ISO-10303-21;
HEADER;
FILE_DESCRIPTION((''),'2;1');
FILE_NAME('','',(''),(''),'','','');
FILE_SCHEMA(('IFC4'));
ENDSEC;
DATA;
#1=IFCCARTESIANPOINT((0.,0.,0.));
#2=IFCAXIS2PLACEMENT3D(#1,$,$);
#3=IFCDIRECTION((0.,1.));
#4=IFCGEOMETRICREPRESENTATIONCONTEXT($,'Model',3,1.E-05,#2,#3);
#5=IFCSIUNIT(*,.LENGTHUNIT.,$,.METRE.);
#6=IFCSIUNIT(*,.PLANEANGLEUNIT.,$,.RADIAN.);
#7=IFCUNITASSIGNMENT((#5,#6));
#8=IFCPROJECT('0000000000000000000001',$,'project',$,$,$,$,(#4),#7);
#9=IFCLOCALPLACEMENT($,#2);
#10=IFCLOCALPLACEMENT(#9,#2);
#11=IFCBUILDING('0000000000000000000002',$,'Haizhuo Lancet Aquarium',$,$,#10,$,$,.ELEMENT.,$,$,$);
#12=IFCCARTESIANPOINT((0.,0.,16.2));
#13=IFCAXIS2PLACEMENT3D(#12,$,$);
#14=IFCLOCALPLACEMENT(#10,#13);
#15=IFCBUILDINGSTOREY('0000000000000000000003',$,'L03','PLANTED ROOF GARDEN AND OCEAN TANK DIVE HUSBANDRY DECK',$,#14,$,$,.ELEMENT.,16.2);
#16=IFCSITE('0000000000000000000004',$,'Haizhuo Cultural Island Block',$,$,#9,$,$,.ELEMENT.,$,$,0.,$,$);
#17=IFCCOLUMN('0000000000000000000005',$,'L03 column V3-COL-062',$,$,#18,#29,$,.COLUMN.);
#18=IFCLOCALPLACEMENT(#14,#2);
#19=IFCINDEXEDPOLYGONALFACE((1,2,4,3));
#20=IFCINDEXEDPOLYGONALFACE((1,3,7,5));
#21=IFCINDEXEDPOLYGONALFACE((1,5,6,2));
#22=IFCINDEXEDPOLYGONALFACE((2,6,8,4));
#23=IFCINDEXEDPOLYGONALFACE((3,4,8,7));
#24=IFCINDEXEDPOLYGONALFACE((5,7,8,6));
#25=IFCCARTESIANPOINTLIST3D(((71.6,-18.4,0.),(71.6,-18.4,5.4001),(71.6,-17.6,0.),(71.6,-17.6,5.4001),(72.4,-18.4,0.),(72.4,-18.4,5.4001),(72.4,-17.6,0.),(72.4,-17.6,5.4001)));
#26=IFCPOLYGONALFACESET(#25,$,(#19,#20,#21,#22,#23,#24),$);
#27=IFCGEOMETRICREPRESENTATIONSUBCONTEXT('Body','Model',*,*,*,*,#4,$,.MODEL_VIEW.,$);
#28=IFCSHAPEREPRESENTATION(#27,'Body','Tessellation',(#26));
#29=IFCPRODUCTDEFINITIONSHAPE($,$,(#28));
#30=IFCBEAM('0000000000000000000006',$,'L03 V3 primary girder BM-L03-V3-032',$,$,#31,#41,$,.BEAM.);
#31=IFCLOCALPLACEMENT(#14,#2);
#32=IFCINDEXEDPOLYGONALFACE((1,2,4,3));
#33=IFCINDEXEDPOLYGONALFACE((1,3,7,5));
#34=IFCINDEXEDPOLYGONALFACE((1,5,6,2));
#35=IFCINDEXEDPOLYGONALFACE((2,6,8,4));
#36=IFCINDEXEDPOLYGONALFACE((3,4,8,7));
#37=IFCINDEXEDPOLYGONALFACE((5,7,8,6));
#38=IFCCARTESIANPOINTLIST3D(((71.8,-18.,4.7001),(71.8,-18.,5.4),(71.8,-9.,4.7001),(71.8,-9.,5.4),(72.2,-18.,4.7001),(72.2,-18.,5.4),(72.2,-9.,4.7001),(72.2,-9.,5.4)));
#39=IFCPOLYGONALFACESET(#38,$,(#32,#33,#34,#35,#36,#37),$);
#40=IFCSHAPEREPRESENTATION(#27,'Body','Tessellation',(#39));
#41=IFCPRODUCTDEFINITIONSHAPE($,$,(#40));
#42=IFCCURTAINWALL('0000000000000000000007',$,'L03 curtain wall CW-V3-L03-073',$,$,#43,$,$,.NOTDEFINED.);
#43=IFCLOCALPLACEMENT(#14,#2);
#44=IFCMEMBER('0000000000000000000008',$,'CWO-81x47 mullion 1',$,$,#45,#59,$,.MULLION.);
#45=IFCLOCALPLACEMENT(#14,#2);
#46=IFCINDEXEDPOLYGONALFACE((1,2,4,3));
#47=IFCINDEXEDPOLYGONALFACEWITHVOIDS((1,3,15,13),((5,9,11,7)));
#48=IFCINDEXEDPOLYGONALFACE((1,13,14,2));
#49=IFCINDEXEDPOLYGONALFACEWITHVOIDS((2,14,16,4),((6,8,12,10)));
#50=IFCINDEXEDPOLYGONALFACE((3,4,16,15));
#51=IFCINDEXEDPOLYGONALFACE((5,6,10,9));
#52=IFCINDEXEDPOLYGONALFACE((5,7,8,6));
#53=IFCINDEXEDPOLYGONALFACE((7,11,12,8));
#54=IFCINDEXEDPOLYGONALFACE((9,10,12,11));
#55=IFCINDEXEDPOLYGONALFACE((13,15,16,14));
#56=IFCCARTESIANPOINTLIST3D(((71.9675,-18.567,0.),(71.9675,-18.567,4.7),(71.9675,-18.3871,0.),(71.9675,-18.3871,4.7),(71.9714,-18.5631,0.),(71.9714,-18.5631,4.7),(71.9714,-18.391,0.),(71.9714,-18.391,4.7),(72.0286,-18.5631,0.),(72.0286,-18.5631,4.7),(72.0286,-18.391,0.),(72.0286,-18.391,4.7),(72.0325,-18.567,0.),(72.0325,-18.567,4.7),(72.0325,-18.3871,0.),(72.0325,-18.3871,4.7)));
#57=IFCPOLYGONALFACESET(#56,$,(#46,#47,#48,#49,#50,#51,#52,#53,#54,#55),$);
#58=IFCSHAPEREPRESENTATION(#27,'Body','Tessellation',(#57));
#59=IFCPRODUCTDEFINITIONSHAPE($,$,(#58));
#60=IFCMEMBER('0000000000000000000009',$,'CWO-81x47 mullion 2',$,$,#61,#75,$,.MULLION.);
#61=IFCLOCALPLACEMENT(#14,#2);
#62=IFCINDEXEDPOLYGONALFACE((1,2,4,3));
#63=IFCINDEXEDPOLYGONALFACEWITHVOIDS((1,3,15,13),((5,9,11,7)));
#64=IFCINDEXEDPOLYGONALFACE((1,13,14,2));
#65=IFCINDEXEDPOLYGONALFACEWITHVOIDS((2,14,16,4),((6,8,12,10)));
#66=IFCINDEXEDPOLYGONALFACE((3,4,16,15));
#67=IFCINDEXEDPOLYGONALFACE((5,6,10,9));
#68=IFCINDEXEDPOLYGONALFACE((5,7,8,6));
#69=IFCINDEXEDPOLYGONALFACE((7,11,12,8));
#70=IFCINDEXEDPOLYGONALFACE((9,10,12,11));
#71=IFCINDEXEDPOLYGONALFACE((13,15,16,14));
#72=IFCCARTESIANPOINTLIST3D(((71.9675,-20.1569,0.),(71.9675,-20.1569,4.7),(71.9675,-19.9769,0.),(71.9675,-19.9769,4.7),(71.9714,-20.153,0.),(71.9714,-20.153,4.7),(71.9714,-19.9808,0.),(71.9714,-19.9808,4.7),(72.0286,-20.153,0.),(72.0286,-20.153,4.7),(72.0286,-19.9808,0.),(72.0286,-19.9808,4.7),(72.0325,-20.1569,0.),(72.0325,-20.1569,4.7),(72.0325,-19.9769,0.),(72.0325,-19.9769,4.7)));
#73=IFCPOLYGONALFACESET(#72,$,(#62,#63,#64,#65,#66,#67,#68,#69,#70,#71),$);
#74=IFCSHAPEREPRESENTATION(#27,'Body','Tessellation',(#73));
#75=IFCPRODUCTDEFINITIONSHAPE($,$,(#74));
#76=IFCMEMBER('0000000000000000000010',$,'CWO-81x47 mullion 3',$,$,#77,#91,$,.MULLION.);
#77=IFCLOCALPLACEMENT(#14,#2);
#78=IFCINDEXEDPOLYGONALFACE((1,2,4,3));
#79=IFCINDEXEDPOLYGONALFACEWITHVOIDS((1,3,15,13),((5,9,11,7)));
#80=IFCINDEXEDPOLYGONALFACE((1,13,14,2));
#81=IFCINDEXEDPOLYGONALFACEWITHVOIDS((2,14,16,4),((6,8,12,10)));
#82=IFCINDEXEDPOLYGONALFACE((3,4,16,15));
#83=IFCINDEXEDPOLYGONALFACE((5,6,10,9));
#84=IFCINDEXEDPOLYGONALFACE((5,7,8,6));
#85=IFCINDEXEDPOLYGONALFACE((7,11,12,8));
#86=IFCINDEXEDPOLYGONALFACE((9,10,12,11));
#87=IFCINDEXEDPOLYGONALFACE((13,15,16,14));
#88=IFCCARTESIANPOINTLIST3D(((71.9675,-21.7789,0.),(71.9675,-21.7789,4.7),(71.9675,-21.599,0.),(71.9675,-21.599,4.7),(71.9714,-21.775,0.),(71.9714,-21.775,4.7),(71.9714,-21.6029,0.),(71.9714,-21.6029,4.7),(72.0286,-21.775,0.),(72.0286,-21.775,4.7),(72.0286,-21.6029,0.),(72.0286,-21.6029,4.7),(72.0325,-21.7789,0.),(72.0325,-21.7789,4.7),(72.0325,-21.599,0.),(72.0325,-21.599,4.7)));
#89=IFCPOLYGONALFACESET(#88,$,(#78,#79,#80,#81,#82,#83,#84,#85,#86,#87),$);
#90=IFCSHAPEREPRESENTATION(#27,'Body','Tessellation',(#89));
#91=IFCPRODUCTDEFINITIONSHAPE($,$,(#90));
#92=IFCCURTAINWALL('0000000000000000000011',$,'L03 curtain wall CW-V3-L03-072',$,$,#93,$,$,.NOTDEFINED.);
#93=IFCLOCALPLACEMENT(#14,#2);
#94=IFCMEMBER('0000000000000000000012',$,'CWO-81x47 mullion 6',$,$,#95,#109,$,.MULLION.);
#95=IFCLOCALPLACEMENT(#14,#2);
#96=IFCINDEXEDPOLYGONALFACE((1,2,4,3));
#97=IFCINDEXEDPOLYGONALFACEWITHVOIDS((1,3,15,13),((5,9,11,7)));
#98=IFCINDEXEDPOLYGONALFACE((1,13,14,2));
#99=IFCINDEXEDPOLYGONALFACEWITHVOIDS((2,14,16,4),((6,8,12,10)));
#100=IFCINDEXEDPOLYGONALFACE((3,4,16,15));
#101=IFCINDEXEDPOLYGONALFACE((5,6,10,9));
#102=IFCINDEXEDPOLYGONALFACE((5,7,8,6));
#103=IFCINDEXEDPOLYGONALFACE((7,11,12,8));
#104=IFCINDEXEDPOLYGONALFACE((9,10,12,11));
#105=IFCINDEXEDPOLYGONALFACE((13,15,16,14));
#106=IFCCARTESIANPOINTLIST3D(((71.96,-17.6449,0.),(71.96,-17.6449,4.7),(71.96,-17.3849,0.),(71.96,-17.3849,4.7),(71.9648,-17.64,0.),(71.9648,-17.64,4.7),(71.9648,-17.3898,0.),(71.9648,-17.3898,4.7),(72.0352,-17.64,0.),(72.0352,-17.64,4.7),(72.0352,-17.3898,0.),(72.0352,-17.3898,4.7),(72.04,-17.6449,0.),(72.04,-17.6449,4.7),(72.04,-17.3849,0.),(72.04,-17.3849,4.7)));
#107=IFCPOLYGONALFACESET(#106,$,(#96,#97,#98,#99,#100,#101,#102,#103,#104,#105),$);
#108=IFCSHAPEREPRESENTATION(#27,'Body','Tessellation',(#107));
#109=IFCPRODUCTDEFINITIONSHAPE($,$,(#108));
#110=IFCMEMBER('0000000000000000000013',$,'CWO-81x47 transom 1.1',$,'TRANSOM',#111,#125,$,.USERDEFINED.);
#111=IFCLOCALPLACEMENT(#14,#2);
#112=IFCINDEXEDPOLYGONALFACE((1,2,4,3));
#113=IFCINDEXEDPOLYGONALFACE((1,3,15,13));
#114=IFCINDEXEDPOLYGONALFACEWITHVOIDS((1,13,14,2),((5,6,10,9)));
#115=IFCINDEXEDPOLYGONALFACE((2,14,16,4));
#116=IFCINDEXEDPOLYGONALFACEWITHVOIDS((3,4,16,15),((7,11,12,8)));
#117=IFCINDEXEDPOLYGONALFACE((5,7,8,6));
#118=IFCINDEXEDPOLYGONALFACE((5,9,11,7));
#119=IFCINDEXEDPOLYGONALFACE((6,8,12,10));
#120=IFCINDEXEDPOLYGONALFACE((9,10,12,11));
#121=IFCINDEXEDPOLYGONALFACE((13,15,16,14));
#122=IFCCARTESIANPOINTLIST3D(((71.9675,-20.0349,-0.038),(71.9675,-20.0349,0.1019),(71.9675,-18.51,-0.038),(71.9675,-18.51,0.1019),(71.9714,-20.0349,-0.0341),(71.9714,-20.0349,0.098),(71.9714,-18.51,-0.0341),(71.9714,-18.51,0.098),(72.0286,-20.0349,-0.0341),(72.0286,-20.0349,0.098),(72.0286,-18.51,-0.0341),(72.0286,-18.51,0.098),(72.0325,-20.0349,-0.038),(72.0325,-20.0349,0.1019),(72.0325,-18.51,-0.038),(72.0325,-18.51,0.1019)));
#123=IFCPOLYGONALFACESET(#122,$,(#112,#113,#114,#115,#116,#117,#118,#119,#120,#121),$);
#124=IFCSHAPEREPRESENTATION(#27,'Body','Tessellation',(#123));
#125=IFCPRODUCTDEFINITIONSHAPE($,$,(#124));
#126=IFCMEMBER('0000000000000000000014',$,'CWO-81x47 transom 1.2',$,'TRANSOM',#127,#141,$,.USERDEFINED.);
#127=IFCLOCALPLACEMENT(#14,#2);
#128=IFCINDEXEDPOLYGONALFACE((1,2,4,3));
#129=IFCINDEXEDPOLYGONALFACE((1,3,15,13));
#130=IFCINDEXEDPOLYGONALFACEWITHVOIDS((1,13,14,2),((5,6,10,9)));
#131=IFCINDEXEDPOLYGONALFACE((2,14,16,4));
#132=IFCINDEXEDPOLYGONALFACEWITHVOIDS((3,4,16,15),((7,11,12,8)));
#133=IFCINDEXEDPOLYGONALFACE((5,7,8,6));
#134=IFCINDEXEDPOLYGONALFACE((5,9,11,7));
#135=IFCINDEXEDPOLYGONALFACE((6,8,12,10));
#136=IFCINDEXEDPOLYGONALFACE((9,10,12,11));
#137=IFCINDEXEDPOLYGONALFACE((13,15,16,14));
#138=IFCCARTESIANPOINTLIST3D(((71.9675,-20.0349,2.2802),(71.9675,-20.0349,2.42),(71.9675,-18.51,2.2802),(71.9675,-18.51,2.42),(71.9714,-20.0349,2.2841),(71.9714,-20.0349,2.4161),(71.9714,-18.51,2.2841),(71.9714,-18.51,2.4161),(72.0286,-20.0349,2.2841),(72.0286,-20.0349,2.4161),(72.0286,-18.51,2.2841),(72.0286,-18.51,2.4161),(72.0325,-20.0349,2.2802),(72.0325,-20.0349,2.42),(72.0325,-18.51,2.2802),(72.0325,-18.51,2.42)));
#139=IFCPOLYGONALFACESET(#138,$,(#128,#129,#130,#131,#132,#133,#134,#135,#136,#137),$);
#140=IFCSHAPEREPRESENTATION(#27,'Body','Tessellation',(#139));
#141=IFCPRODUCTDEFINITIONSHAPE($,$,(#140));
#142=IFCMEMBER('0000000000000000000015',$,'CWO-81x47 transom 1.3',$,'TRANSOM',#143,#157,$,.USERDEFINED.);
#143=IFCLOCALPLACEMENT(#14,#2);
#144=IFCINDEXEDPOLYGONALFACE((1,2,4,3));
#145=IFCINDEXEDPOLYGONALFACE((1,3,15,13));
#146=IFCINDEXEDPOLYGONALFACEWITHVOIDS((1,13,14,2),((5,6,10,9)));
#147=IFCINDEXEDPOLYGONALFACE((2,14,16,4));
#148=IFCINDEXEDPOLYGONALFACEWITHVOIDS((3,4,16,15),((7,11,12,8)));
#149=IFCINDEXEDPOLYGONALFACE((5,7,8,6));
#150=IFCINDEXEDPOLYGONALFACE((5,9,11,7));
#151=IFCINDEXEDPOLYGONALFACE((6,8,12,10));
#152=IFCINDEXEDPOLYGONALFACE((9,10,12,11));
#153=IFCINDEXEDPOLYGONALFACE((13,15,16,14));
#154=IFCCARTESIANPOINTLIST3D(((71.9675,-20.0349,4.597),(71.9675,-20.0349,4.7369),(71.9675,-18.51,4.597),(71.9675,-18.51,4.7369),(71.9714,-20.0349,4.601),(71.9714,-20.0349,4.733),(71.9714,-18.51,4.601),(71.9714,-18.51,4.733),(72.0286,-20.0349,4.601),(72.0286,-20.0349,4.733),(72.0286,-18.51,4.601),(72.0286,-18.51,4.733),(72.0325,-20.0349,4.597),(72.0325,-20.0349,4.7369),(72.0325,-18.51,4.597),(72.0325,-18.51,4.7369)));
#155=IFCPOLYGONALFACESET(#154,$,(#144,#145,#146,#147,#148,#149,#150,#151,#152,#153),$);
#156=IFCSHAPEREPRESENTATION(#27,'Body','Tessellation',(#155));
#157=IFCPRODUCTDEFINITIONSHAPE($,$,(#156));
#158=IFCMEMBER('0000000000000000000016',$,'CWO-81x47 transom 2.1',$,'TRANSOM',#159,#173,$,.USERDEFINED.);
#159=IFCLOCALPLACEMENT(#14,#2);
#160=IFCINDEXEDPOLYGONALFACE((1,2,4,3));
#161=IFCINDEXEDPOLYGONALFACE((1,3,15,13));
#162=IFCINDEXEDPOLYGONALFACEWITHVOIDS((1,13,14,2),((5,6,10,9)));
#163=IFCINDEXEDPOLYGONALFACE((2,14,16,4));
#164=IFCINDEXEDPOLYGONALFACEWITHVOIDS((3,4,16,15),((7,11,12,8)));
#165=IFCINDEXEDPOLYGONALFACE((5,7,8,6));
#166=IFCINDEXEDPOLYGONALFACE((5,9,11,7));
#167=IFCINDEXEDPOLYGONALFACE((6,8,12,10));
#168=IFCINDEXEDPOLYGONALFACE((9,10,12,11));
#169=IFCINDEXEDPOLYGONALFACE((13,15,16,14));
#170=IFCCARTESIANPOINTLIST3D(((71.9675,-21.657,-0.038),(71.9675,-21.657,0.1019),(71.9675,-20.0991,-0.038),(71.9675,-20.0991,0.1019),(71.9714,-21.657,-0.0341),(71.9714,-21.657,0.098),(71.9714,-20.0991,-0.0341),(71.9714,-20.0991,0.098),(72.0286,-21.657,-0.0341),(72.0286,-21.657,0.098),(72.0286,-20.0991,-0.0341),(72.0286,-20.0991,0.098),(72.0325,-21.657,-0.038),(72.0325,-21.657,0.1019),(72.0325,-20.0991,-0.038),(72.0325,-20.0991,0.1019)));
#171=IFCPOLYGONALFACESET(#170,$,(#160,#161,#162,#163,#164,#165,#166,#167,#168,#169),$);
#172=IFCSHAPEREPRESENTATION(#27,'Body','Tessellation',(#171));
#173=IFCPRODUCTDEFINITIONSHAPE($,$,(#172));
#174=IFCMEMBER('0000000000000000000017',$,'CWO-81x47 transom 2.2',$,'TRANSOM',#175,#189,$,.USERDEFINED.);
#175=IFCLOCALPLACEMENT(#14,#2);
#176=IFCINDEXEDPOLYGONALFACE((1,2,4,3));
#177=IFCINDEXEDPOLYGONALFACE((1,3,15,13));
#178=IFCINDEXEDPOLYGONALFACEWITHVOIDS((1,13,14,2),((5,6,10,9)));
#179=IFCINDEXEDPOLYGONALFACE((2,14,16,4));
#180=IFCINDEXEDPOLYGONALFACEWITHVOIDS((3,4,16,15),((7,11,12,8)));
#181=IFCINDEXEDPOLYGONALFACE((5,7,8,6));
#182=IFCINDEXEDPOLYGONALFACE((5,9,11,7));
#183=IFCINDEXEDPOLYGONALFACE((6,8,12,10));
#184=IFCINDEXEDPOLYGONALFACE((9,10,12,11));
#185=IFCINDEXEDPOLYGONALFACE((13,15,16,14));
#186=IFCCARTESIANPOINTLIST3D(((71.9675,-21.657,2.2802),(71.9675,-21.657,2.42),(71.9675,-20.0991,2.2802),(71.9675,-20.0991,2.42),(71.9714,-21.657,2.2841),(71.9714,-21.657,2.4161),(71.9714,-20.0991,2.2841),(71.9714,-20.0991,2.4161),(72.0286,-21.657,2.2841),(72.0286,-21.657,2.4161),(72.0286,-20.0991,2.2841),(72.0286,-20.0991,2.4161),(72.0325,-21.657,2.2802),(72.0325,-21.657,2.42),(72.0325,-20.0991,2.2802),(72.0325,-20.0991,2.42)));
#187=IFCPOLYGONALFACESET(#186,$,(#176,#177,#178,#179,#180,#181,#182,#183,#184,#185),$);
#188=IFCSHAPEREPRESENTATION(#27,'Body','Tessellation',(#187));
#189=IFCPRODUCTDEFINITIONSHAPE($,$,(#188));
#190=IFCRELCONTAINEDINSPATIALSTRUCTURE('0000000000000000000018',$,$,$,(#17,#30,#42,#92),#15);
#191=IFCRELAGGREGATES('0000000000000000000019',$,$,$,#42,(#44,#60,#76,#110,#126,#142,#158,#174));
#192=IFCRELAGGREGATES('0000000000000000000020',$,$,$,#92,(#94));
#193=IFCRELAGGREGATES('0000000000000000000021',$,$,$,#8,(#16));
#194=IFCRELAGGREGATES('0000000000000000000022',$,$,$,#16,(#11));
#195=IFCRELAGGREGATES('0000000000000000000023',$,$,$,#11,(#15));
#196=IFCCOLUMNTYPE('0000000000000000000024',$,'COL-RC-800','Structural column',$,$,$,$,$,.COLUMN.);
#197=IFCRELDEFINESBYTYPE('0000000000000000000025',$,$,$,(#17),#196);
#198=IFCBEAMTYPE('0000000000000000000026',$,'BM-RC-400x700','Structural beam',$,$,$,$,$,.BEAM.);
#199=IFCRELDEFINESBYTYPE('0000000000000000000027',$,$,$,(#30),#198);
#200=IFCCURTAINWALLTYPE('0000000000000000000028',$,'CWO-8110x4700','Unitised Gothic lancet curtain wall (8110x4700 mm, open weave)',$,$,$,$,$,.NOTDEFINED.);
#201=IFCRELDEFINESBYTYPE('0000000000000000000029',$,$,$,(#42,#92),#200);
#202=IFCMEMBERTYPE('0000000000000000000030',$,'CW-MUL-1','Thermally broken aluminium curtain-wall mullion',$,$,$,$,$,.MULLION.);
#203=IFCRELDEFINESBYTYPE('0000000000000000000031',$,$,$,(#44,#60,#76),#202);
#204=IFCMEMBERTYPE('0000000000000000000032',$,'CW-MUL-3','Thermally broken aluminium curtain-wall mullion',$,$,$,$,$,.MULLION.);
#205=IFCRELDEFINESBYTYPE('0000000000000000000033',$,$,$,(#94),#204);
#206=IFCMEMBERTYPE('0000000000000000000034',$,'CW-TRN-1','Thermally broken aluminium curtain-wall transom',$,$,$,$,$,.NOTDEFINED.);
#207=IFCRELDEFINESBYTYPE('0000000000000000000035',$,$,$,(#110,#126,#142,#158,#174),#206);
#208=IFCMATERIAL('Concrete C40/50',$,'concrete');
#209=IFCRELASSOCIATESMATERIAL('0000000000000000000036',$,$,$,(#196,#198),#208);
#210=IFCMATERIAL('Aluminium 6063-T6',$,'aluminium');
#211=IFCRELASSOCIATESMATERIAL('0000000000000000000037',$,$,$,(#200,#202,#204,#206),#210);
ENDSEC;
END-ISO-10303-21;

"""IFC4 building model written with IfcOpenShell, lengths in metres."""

from ifc_helpers import new_model, si_unit, direction, frame, origin, origin_2d, place, context, subcontext, project, spatial, rectangle, hollow_rectangle, extrude, material, material_profile, profile_set, type_object, element, aggregate, save


model = new_model("IFC4")

# Units and contexts
model_context = context("Model", 3, precision=1e-05, world=origin(), true_north=direction((0.0, 1.0)))
body_context = subcontext(model_context, "Body", "Model", "MODEL_VIEW")
ifc_project = project(units=[si_unit("LENGTHUNIT", "METRE"), si_unit("PLANEANGLEUNIT", "RADIAN")], contexts=[model_context])

# Site, building, storey
site_placement = place(None, origin())
site = spatial("IfcSite", under=ifc_project, at=site_placement, Name="Haizhuo Cultural Island Block", CompositionType="ELEMENT", RefElevation=0.0)
building_placement = place(site_placement, origin())
building = spatial("IfcBuilding", under=site, at=building_placement, Name="Haizhuo Lancet Aquarium", CompositionType="ELEMENT")
storey_placement = place(building_placement, frame((0.0, 0.0, 16.2)))
storey = spatial("IfcBuildingStorey", under=building, at=storey_placement, Name="L03", Description="PLANTED ROOF GARDEN AND OCEAN TANK DIVE HUSBANDRY DECK", CompositionType="ELEMENT", Elevation=16.2)

# Column
ifc_material_1 = material(Name="Concrete C40/50", Category="concrete")
ifc_material_profile_1 = material_profile(ifc_material_1, rectangle(XDim=0.8, YDim=0.8, at=origin_2d()), Name="RC-COL 800x800")
ifc_profile_set_1 = profile_set([ifc_material_profile_1], Name="Concrete C40/50")
column_type = type_object("IfcColumnType", Name="COL-RC-800", Description="Structural column", PredefinedType="COLUMN", material=ifc_profile_set_1)
column_placement = place(storey_placement, frame((72.0, -18.0, 0.0), z_axis=(0.0, 0.0, 1.0), x_axis=(1.0, 0.0, 0.0)))
element("IfcColumn", 1, at=column_placement, inside=storey, type_object=column_type, Name="L03 column V3-COL-062", PredefinedType="COLUMN", context=body_context, shape_type="SweptSolid", body=[
    extrude(rectangle(XDim=0.8, YDim=0.8, at=origin_2d()), origin(), (0.0, 0.0, 1.0), 5.4001),
])

# Beam
ifc_material_profile_2 = material_profile(ifc_material_1, rectangle(XDim=0.3999, YDim=0.7, at=origin_2d()), Name="RC-BM 400x700")
ifc_profile_set_2 = profile_set([ifc_material_profile_2], Name="Concrete C40/50")
beam_type = type_object("IfcBeamType", Name="BM-RC-400x700", Description="Structural beam", PredefinedType="BEAM", material=ifc_profile_set_2)
beam_placement = place(storey_placement, frame((72.0, -18.0, 5.05), z_axis=(0.0, 1.0, 0.0), x_axis=(-1.0, 0.0, 0.0)))
element("IfcBeam", 2, at=beam_placement, inside=storey, type_object=beam_type, Name="L03 V3 primary girder BM-L03-V3-032", PredefinedType="BEAM", context=body_context, shape_type="SweptSolid", body=[
    extrude(rectangle(XDim=0.3999, YDim=0.7, at=origin_2d()), origin(), (0.0, 0.0, 1.0), 9.0),
])

# Curtain wall, members
ifc_material_2 = material(Name="Aluminium 6063-T6", Category="aluminium")
curtain_wall_type = type_object("IfcCurtainWallType", Name="CWO-8110x4700", Description="Unitised Gothic lancet curtain wall (8110x4700 mm, open weave)", PredefinedType="NOTDEFINED", material=ifc_material_2)
curtain_wall_1_placement = place(storey_placement, origin())
curtain_wall_1 = element("IfcCurtainWall", 3, at=curtain_wall_1_placement, inside=storey, type_object=curtain_wall_type, Name="L03 curtain wall CW-V3-L03-073", PredefinedType="NOTDEFINED")
ifc_material_profile_3 = material_profile(ifc_material_2, hollow_rectangle(XDim=0.0649, YDim=0.1799, WallThickness=0.0039, at=origin_2d()), Name="ALU-M 65x180x4")
ifc_profile_set_3 = profile_set([ifc_material_profile_3], Name="Aluminium 6063-T6")
member_type_1 = type_object("IfcMemberType", Name="CW-MUL-1", Description="Thermally broken aluminium curtain-wall mullion", PredefinedType="MULLION", material=ifc_profile_set_3)
member_1_placement = place(storey_placement, frame((72.0, -18.4771, 0.0), z_axis=(0.0, 0.0, 1.0), x_axis=(1.0, 0.0, 0.0)))
member_1 = element("IfcMember", 4, at=member_1_placement, type_object=member_type_1, Name="CWO-81x47 mullion 1", PredefinedType="MULLION", context=body_context, shape_type="SweptSolid", body=[
    extrude(hollow_rectangle(XDim=0.0649, YDim=0.1799, WallThickness=0.0039, at=origin_2d()), origin(), (0.0, 0.0, 1.0), 4.7),
])
member_2_placement = place(storey_placement, frame((72.0, -20.0669, 0.0), z_axis=(0.0, 0.0, 1.0), x_axis=(1.0, 0.0, 0.0)))
member_2 = element("IfcMember", 5, at=member_2_placement, type_object=member_type_1, Name="CWO-81x47 mullion 2", PredefinedType="MULLION", context=body_context, shape_type="SweptSolid", body=[
    extrude(hollow_rectangle(XDim=0.0649, YDim=0.1799, WallThickness=0.0039, at=origin_2d()), origin(), (0.0, 0.0, 1.0), 4.7),
])
member_3_placement = place(storey_placement, frame((72.0, -21.689, 0.0), z_axis=(0.0, 0.0, 1.0), x_axis=(1.0, 0.0, 0.0)))
member_3 = element("IfcMember", 6, at=member_3_placement, type_object=member_type_1, Name="CWO-81x47 mullion 3", PredefinedType="MULLION", context=body_context, shape_type="SweptSolid", body=[
    extrude(hollow_rectangle(XDim=0.0649, YDim=0.1799, WallThickness=0.0039, at=origin_2d()), origin(), (0.0, 0.0, 1.0), 4.7),
])

# Curtain wall, member
curtain_wall_2_placement = place(storey_placement, origin())
curtain_wall_2 = element("IfcCurtainWall", 7, at=curtain_wall_2_placement, inside=storey, type_object=curtain_wall_type, Name="L03 curtain wall CW-V3-L03-072", PredefinedType="NOTDEFINED")
ifc_material_profile_4 = material_profile(ifc_material_2, hollow_rectangle(XDim=0.0801, YDim=0.26, WallThickness=0.0049, at=origin_2d()), Name="ALU-M 80x260x5")
ifc_profile_set_4 = profile_set([ifc_material_profile_4], Name="Aluminium 6063-T6")
member_type_2 = type_object("IfcMemberType", Name="CW-MUL-3", Description="Thermally broken aluminium curtain-wall mullion", PredefinedType="MULLION", material=ifc_profile_set_4)
member_4_placement = place(storey_placement, frame((72.0, -17.5149, 0.0), z_axis=(0.0, 0.0, 1.0), x_axis=(1.0, 0.0, 0.0)))
member_4 = element("IfcMember", 8, at=member_4_placement, type_object=member_type_2, Name="CWO-81x47 mullion 6", PredefinedType="MULLION", context=body_context, shape_type="SweptSolid", body=[
    extrude(hollow_rectangle(XDim=0.0801, YDim=0.26, WallThickness=0.0049, at=origin_2d()), origin(), (0.0, 0.0, 1.0), 4.7),
])

# Members
ifc_material_profile_5 = material_profile(ifc_material_2, hollow_rectangle(XDim=0.0649, YDim=0.1399, WallThickness=0.0039, at=origin_2d()), Name="ALU-T 65x140x4")
ifc_profile_set_5 = profile_set([ifc_material_profile_5], Name="Aluminium 6063-T6")
member_type_3 = type_object("IfcMemberType", Name="CW-TRN-1", Description="Thermally broken aluminium curtain-wall transom", PredefinedType="NOTDEFINED", material=ifc_profile_set_5)
member_5_placement = place(storey_placement, frame((72.0, -18.51, 0.032), z_axis=(0.0, -1.0, 0.0), x_axis=(1.0, 0.0, 0.0)))
member_5 = element("IfcMember", 9, at=member_5_placement, type_object=member_type_3, Name="CWO-81x47 transom 1.1", ObjectType="TRANSOM", PredefinedType="USERDEFINED", context=body_context, shape_type="SweptSolid", body=[
    extrude(hollow_rectangle(XDim=0.0649, YDim=0.1399, WallThickness=0.0039, at=origin_2d()), origin(), (0.0, 0.0, 1.0), 1.5249),
])
member_6_placement = place(storey_placement, frame((72.0, -18.51, 2.3501), z_axis=(0.0, -1.0, 0.0), x_axis=(1.0, 0.0, 0.0)))
member_6 = element("IfcMember", 10, at=member_6_placement, type_object=member_type_3, Name="CWO-81x47 transom 1.2", ObjectType="TRANSOM", PredefinedType="USERDEFINED", context=body_context, shape_type="SweptSolid", body=[
    extrude(hollow_rectangle(XDim=0.0649, YDim=0.1399, WallThickness=0.0039, at=origin_2d()), origin(), (0.0, 0.0, 1.0), 1.5249),
])
member_7_placement = place(storey_placement, frame((72.0, -18.51, 4.667), z_axis=(0.0, -1.0, 0.0), x_axis=(1.0, 0.0, 0.0)))
member_7 = element("IfcMember", 11, at=member_7_placement, type_object=member_type_3, Name="CWO-81x47 transom 1.3", ObjectType="TRANSOM", PredefinedType="USERDEFINED", context=body_context, shape_type="SweptSolid", body=[
    extrude(hollow_rectangle(XDim=0.0649, YDim=0.1399, WallThickness=0.0039, at=origin_2d()), origin(), (0.0, 0.0, 1.0), 1.5249),
])
member_8_placement = place(storey_placement, frame((72.0, -20.0991, 0.032), z_axis=(0.0, -1.0, 0.0), x_axis=(1.0, 0.0, 0.0)))
member_8 = element("IfcMember", 12, at=member_8_placement, type_object=member_type_3, Name="CWO-81x47 transom 2.1", ObjectType="TRANSOM", PredefinedType="USERDEFINED", context=body_context, shape_type="SweptSolid", body=[
    extrude(hollow_rectangle(XDim=0.0649, YDim=0.1399, WallThickness=0.0039, at=origin_2d()), origin(), (0.0, 0.0, 1.0), 1.5579),
])
member_9_placement = place(storey_placement, frame((72.0, -20.0991, 2.3501), z_axis=(0.0, -1.0, 0.0), x_axis=(1.0, 0.0, 0.0)))
member_9 = element("IfcMember", 13, at=member_9_placement, type_object=member_type_3, Name="CWO-81x47 transom 2.2", ObjectType="TRANSOM", PredefinedType="USERDEFINED", context=body_context, shape_type="SweptSolid", body=[
    extrude(hollow_rectangle(XDim=0.0649, YDim=0.1399, WallThickness=0.0039, at=origin_2d()), origin(), (0.0, 0.0, 1.0), 1.5579),
])

aggregate(curtain_wall_1, [member_1, member_2, member_3, member_5, member_6, member_7, member_8, member_9])
aggregate(curtain_wall_2, [member_4])

save(model, "model.ifc")
